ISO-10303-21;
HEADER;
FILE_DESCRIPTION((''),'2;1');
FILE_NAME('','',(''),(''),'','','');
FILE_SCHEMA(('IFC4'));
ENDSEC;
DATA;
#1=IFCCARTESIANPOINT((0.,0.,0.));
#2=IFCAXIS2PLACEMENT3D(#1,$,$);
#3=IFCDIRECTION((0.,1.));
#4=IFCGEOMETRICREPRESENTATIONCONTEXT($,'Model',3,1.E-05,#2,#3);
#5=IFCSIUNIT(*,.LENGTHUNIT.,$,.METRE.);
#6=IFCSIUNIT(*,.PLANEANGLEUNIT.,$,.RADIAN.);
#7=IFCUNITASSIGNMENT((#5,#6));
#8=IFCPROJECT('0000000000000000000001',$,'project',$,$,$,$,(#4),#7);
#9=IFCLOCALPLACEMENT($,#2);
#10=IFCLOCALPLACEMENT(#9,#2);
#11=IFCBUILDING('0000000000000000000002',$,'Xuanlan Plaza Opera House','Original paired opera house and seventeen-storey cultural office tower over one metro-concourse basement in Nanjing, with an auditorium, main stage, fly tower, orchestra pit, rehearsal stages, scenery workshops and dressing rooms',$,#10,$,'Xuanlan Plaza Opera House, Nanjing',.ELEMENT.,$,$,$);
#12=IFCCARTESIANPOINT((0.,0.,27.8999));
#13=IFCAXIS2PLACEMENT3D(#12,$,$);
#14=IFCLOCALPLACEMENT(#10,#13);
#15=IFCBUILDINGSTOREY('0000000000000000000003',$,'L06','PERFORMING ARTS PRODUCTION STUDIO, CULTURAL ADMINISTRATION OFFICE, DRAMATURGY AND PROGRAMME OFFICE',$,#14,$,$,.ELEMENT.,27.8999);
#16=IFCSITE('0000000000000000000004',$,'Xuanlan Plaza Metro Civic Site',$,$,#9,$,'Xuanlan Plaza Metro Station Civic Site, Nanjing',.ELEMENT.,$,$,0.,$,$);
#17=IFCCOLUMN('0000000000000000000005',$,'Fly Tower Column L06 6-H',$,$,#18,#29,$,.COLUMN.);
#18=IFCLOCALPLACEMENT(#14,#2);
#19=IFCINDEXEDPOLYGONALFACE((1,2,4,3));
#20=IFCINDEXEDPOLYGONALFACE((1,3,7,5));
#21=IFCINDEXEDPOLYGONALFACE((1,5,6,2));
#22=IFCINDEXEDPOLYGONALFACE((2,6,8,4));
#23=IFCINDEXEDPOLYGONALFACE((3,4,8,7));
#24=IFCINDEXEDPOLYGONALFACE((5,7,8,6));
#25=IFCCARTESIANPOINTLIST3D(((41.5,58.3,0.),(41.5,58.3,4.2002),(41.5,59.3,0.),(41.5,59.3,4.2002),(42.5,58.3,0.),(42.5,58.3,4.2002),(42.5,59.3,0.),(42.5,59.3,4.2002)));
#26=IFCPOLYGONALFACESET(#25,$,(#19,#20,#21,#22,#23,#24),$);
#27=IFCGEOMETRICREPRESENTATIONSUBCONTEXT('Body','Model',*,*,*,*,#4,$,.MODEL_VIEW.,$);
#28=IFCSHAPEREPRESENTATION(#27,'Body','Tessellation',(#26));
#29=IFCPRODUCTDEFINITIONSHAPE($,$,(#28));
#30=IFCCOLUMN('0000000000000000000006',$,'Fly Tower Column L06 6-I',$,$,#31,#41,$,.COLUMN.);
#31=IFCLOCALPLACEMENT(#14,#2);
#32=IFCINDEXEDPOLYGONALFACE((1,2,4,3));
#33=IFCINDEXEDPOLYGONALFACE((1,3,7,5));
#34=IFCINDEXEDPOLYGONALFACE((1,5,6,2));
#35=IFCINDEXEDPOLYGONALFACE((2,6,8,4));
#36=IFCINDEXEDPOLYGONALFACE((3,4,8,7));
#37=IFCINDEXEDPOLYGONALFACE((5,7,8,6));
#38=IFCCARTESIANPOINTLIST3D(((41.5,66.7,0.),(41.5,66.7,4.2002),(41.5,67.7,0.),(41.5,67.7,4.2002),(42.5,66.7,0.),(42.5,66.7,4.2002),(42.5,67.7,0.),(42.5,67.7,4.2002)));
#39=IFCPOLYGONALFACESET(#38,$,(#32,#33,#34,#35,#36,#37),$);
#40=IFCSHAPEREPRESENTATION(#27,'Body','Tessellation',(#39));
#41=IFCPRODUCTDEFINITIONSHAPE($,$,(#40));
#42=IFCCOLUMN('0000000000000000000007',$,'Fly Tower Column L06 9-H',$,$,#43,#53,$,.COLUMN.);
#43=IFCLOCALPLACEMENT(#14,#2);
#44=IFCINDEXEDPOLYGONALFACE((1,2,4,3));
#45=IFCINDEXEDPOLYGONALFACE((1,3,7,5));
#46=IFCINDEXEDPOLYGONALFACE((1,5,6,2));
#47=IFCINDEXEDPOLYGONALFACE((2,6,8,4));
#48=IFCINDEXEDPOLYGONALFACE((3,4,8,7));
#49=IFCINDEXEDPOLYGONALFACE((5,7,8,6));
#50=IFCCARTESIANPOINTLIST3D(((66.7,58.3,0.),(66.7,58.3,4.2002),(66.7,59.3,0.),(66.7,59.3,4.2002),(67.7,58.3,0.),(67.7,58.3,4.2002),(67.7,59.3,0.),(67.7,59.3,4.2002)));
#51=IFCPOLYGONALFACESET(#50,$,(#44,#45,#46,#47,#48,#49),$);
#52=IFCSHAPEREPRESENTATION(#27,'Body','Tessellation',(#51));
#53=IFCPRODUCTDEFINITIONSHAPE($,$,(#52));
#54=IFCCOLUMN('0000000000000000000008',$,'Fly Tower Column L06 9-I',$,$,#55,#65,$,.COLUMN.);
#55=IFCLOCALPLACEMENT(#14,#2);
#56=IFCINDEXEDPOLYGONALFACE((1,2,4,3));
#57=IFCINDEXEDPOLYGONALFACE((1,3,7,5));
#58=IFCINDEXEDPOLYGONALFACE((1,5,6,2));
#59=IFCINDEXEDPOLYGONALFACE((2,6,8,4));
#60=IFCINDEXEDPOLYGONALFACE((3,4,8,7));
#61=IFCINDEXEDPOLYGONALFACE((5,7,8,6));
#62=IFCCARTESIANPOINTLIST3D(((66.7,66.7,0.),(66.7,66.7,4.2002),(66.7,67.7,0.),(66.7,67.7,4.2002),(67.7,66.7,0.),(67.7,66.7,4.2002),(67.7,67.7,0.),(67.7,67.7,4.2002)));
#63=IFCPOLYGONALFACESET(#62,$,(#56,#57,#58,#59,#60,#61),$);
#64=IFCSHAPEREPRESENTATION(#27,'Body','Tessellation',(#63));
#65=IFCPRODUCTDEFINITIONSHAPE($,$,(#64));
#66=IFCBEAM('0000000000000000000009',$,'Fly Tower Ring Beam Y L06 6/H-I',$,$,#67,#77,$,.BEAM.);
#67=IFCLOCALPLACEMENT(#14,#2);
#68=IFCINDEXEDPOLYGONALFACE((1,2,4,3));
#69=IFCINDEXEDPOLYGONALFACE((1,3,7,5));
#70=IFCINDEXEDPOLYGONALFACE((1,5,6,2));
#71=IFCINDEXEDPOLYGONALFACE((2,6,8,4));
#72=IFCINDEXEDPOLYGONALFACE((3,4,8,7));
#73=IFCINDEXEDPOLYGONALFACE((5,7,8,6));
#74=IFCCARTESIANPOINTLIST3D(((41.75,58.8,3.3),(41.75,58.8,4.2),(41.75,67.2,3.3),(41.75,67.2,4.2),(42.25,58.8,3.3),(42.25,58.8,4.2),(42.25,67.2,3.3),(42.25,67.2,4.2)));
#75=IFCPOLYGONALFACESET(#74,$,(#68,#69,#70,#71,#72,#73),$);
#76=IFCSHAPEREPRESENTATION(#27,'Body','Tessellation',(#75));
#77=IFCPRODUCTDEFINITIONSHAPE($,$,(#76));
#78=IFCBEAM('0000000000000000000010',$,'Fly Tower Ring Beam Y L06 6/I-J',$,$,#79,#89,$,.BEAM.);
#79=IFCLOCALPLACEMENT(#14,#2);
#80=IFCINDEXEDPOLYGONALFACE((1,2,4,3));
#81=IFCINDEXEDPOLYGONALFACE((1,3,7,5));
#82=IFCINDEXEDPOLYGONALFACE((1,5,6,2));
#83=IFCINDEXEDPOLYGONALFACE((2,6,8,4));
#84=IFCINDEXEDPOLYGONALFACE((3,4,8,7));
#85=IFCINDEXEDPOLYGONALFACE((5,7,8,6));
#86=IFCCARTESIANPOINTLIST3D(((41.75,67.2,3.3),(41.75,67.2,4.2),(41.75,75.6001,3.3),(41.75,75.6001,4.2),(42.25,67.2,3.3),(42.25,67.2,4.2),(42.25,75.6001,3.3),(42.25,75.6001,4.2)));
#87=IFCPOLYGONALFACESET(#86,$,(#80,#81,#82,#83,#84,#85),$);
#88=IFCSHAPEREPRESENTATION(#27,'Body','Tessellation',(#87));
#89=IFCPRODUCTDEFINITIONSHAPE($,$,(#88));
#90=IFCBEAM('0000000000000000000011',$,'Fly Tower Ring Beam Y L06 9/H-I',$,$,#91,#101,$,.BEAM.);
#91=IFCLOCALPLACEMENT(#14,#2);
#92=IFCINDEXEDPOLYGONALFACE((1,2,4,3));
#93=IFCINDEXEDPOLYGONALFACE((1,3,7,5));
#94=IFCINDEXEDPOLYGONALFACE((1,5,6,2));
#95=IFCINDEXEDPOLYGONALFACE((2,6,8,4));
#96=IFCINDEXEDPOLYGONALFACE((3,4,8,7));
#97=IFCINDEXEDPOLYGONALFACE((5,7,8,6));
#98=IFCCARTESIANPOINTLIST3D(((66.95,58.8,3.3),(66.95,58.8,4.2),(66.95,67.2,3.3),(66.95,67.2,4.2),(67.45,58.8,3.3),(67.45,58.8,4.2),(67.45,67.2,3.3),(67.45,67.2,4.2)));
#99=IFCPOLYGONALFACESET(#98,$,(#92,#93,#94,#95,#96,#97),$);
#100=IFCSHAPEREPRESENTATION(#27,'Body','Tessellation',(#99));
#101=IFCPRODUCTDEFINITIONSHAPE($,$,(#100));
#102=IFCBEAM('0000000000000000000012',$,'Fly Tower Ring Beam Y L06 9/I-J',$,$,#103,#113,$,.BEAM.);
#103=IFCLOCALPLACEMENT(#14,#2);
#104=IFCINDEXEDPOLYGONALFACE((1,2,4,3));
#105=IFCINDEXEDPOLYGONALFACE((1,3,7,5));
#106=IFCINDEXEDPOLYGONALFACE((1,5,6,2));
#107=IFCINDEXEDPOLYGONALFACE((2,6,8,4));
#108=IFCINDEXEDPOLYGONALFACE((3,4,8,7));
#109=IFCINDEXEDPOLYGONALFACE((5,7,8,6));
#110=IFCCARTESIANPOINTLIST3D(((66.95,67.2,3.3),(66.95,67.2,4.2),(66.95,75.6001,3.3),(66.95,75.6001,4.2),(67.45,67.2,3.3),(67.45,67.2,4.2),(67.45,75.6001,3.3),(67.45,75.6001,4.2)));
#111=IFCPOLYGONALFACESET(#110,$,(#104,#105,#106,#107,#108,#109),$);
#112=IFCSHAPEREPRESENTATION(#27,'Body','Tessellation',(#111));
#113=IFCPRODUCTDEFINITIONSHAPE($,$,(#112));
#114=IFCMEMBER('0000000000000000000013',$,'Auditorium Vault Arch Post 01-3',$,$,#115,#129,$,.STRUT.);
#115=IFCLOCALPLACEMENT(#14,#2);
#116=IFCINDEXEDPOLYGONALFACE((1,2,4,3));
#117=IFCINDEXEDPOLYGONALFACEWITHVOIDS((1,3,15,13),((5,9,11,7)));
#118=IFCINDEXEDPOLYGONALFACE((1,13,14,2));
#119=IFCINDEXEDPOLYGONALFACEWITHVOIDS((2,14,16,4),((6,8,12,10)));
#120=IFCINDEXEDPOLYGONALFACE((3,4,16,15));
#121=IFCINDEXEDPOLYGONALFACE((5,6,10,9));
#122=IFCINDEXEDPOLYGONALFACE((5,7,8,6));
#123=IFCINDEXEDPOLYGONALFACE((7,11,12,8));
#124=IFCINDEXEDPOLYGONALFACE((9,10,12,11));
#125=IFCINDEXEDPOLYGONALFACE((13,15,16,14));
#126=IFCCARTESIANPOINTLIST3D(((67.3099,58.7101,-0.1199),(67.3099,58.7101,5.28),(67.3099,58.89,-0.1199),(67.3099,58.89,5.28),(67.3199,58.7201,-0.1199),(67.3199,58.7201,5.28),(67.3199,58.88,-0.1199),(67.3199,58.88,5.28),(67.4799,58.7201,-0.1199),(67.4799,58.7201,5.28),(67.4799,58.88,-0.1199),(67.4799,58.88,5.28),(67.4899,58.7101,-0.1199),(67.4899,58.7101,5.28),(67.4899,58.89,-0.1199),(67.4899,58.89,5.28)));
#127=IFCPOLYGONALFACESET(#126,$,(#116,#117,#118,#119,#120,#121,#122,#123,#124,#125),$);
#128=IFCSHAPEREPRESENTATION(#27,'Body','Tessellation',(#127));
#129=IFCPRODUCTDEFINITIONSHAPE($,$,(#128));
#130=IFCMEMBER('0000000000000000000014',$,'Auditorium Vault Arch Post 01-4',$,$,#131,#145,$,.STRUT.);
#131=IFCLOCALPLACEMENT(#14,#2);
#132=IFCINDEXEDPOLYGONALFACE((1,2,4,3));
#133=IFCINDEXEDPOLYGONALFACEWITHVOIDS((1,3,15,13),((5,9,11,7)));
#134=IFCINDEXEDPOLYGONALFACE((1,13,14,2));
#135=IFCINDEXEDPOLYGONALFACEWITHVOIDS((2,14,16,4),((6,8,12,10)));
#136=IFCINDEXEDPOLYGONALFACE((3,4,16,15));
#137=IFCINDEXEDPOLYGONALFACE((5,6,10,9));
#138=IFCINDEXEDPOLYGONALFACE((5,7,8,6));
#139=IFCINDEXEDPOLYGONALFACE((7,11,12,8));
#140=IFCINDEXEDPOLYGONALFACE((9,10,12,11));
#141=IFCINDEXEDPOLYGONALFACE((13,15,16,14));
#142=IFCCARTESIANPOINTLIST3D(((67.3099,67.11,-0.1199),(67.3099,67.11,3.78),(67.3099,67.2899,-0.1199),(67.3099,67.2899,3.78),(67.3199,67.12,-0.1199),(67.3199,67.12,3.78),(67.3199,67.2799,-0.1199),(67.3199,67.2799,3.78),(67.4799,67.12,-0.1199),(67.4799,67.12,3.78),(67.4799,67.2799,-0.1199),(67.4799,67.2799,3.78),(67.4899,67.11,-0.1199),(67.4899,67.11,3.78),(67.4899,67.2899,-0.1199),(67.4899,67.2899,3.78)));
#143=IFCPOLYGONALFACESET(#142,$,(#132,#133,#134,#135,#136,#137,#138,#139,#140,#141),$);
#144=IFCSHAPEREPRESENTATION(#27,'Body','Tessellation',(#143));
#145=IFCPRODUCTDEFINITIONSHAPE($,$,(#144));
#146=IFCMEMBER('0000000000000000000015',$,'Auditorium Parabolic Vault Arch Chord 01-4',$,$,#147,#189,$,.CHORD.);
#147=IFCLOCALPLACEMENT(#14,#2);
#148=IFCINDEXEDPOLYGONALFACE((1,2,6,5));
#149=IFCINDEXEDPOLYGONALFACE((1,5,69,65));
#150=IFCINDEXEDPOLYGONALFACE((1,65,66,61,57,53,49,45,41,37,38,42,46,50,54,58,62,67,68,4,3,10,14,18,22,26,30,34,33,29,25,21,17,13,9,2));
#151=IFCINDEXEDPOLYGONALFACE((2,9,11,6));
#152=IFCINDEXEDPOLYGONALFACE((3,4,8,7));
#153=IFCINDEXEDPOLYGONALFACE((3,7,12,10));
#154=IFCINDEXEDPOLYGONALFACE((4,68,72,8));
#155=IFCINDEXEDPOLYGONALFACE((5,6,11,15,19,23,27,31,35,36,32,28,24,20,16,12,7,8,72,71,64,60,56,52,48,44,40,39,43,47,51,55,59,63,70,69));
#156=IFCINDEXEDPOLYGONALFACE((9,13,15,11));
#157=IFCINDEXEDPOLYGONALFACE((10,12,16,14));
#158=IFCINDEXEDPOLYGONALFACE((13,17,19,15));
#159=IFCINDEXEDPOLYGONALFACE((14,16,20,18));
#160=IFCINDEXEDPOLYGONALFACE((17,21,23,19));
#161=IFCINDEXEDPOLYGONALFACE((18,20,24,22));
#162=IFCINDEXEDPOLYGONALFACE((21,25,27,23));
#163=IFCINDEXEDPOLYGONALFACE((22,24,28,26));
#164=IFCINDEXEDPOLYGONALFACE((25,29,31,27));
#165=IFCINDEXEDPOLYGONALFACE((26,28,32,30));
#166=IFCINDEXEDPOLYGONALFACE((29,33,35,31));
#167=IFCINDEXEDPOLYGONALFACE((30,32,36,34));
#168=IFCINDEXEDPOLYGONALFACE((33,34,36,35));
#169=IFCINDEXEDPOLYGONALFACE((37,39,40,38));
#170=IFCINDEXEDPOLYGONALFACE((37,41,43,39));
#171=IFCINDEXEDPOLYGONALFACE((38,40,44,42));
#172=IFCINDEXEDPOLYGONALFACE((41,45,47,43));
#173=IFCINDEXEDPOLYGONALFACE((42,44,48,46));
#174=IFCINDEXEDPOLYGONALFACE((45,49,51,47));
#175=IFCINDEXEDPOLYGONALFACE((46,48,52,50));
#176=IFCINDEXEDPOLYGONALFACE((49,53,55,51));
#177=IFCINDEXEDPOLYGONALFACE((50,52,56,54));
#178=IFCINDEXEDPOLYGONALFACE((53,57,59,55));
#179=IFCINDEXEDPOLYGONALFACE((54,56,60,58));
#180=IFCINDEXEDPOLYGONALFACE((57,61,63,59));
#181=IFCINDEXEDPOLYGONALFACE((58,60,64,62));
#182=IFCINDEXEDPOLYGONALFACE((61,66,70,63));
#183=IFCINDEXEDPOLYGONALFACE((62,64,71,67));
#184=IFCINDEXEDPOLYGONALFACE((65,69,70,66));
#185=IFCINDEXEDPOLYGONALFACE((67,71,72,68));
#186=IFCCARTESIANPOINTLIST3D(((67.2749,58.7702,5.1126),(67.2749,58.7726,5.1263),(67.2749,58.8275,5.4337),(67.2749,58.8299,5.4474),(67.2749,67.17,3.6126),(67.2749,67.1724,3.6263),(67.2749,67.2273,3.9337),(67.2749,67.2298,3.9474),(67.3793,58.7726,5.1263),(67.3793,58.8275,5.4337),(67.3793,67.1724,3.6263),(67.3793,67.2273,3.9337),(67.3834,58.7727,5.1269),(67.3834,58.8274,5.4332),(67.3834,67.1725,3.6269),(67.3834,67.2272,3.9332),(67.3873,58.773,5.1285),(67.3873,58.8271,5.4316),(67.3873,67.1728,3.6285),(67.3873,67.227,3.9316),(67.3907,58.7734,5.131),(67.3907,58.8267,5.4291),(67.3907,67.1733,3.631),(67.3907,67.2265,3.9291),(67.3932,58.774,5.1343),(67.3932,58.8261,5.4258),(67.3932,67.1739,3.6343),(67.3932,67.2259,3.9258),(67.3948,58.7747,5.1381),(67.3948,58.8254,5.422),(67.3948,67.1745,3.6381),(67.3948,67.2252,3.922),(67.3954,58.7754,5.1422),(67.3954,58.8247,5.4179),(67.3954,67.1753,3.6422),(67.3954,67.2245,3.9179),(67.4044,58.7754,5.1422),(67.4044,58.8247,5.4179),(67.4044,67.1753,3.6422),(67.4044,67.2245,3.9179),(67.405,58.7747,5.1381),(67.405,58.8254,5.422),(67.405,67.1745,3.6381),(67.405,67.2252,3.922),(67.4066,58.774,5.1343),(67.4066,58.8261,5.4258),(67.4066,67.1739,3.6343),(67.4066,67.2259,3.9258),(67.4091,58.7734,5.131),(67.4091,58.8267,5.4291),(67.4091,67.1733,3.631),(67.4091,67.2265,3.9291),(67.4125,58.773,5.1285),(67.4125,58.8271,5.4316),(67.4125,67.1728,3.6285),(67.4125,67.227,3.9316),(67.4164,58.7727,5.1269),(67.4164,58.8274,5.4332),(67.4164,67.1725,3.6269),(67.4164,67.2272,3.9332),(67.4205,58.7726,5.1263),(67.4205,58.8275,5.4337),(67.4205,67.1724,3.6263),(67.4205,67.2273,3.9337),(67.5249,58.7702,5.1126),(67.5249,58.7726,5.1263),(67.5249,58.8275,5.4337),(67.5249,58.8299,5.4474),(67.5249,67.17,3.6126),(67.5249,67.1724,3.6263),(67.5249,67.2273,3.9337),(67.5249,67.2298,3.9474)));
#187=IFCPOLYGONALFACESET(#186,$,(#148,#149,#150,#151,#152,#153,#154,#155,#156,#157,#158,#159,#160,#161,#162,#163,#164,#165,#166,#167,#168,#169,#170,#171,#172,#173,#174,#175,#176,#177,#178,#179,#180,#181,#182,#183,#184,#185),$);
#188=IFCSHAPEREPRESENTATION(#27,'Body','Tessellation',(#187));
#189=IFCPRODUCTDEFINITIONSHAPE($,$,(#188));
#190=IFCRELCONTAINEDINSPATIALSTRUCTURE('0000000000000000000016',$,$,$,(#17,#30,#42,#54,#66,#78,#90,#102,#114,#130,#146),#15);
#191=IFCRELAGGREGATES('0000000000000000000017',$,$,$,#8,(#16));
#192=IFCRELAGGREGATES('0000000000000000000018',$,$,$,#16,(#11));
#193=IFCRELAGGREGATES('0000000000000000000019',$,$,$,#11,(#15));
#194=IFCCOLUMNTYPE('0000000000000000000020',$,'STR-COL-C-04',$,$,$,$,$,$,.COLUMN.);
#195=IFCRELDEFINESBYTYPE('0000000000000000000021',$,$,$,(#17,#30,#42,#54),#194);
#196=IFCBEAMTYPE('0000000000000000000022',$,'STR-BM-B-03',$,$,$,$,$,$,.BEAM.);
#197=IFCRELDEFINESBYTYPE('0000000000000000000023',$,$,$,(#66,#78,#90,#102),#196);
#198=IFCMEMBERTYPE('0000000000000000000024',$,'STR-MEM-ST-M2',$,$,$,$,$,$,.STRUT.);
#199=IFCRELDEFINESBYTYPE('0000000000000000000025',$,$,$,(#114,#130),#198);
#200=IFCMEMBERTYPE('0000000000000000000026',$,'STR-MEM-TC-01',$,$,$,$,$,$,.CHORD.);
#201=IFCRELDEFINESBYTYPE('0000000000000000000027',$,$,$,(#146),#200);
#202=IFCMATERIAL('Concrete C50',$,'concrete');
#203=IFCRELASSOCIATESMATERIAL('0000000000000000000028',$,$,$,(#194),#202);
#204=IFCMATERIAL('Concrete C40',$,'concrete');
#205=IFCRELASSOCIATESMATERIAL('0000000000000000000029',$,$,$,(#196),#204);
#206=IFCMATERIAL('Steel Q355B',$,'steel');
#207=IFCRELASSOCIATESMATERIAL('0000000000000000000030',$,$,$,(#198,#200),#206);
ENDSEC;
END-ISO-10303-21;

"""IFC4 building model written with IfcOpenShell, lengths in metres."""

from ifc_helpers import new_model, si_unit, direction, frame, origin, origin_2d, place, context, subcontext, project, spatial, rectangle, hollow_rectangle, i_section, extrude, material, material_profile, profile_set, type_object, element, save


model = new_model("IFC4")

# Units and contexts
model_context = context("Model", 3, precision=1e-05, world=origin(), true_north=direction((0.0, 1.0)))
body_context = subcontext(model_context, "Body", "Model", "MODEL_VIEW")
ifc_project = project(units=[si_unit("LENGTHUNIT", "METRE"), si_unit("PLANEANGLEUNIT", "RADIAN")], contexts=[model_context])

# Site, building, storey
site_placement = place(None, origin())
site = spatial("IfcSite", under=ifc_project, at=site_placement, Name="Xuanlan Plaza Metro Civic Site", LongName="Xuanlan Plaza Metro Station Civic Site, Nanjing", CompositionType="ELEMENT", RefElevation=0.0)
building_placement = place(site_placement, origin())
building = spatial("IfcBuilding", under=site, at=building_placement, Name="Xuanlan Plaza Opera House", Description="Original paired opera house and seventeen-storey cultural office tower over one metro-concourse basement in Nanjing, with an auditorium, main stage, fly tower, orchestra pit, rehearsal stages, scenery workshops and dressing rooms", LongName="Xuanlan Plaza Opera House, Nanjing", CompositionType="ELEMENT")
storey_placement = place(building_placement, frame((0.0, 0.0, 27.8999)))
storey = spatial("IfcBuildingStorey", under=building, at=storey_placement, Name="L06", Description="PERFORMING ARTS PRODUCTION STUDIO, CULTURAL ADMINISTRATION OFFICE, DRAMATURGY AND PROGRAMME OFFICE", CompositionType="ELEMENT", Elevation=27.8999)

# Columns
ifc_material_1 = material(Name="Concrete C50", Category="concrete")
ifc_material_profile_1 = material_profile(ifc_material_1, rectangle(XDim=1.0, YDim=1.0, at=origin_2d()), Name="RC-COL 1000x1000")
ifc_profile_set_1 = profile_set([ifc_material_profile_1], Name="Concrete C50")
column_type = type_object("IfcColumnType", Name="STR-COL-C-04", PredefinedType="COLUMN", material=ifc_profile_set_1)
for number, where, z_axis, x_axis, name in (
    (1, (42.0, 58.8, 0.0), (0.0, 0.0, 1.0), (1.0, 0.0, 0.0), "Fly Tower Column L06 6-H"),
    (2, (42.0, 67.2, 0.0), (0.0, 0.0, 1.0), (1.0, 0.0, 0.0), "Fly Tower Column L06 6-I"),
    (3, (67.2, 58.8, 0.0), (0.0, 0.0, 1.0), (1.0, 0.0, 0.0), "Fly Tower Column L06 9-H"),
    (4, (67.2, 67.2, 0.0), (0.0, 0.0, 1.0), (1.0, 0.0, 0.0), "Fly Tower Column L06 9-I"),
):
    element("IfcColumn", number, at=place(storey_placement, frame(where, z_axis=z_axis, x_axis=x_axis)), inside=storey, type_object=column_type, Name=name, PredefinedType="COLUMN", context=body_context, shape_type="SweptSolid", body=[
        extrude(rectangle(XDim=1.0, YDim=1.0, at=origin_2d()), origin(), (0.0, 0.0, 1.0), 4.2002),
    ])

# Beams
ifc_material_2 = material(Name="Concrete C40", Category="concrete")
ifc_material_profile_2 = material_profile(ifc_material_2, rectangle(XDim=0.5, YDim=0.8999, at=origin_2d()), Name="RC-BM 500x900")
ifc_profile_set_2 = profile_set([ifc_material_profile_2], Name="Concrete C40")
beam_type = type_object("IfcBeamType", Name="STR-BM-B-03", PredefinedType="BEAM", material=ifc_profile_set_2)
beam_1_placement = place(storey_placement, frame((42.0, 58.8, 3.75), z_axis=(0.0, 1.0, 0.0), x_axis=(-1.0, 0.0, 0.0)))
element("IfcBeam", 5, at=beam_1_placement, inside=storey, type_object=beam_type, Name="Fly Tower Ring Beam Y L06 6/H-I", PredefinedType="BEAM", context=body_context, shape_type="SweptSolid", body=[
    extrude(rectangle(XDim=0.5, YDim=0.8999, at=origin_2d()), origin(), (0.0, 0.0, 1.0), 8.3999),
])
beam_2_placement = place(storey_placement, frame((42.0, 67.2, 3.75), z_axis=(0.0, 1.0, 0.0), x_axis=(-1.0, 0.0, 0.0)))
element("IfcBeam", 6, at=beam_2_placement, inside=storey, type_object=beam_type, Name="Fly Tower Ring Beam Y L06 6/I-J", PredefinedType="BEAM", context=body_context, shape_type="SweptSolid", body=[
    extrude(rectangle(XDim=0.5, YDim=0.8999, at=origin_2d()), origin(), (0.0, 0.0, 1.0), 8.4001),
])
beam_3_placement = place(storey_placement, frame((67.2, 58.8, 3.75), z_axis=(0.0, 1.0, 0.0), x_axis=(-1.0, 0.0, 0.0)))
element("IfcBeam", 7, at=beam_3_placement, inside=storey, type_object=beam_type, Name="Fly Tower Ring Beam Y L06 9/H-I", PredefinedType="BEAM", context=body_context, shape_type="SweptSolid", body=[
    extrude(rectangle(XDim=0.5, YDim=0.8999, at=origin_2d()), origin(), (0.0, 0.0, 1.0), 8.3999),
])
beam_4_placement = place(storey_placement, frame((67.2, 67.2, 3.75), z_axis=(0.0, 1.0, 0.0), x_axis=(-1.0, 0.0, 0.0)))
element("IfcBeam", 8, at=beam_4_placement, inside=storey, type_object=beam_type, Name="Fly Tower Ring Beam Y L06 9/I-J", PredefinedType="BEAM", context=body_context, shape_type="SweptSolid", body=[
    extrude(rectangle(XDim=0.5, YDim=0.8999, at=origin_2d()), origin(), (0.0, 0.0, 1.0), 8.4001),
])

# Members
ifc_material_3 = material(Name="Steel Q355B", Category="steel")
ifc_material_profile_3 = material_profile(ifc_material_3, hollow_rectangle(XDim=0.1799, YDim=0.1799, WallThickness=0.01, at=origin_2d()), Name="SHS 180x180x10")
ifc_profile_set_3 = profile_set([ifc_material_profile_3], Name="Steel Q355B")
member_type_1 = type_object("IfcMemberType", Name="STR-MEM-ST-M2", PredefinedType="STRUT", material=ifc_profile_set_3)
member_1_placement = place(storey_placement, frame((67.3999, 58.8, -0.1199), z_axis=(0.0, 0.0, 1.0), x_axis=(1.0, 0.0, 0.0)))
element("IfcMember", 9, at=member_1_placement, inside=storey, type_object=member_type_1, Name="Auditorium Vault Arch Post 01-3", PredefinedType="STRUT", context=body_context, shape_type="SweptSolid", body=[
    extrude(hollow_rectangle(XDim=0.1799, YDim=0.1799, WallThickness=0.01, at=origin_2d()), origin(), (0.0, 0.0, 1.0), 5.3999),
])
member_2_placement = place(storey_placement, frame((67.3999, 67.2, -0.1199), z_axis=(0.0, 0.0, 1.0), x_axis=(1.0, 0.0, 0.0)))
element("IfcMember", 10, at=member_2_placement, inside=storey, type_object=member_type_1, Name="Auditorium Vault Arch Post 01-4", PredefinedType="STRUT", context=body_context, shape_type="SweptSolid", body=[
    extrude(hollow_rectangle(XDim=0.1799, YDim=0.1799, WallThickness=0.01, at=origin_2d()), origin(), (0.0, 0.0, 1.0), 3.8999),
])
ifc_material_profile_4 = material_profile(ifc_material_3, i_section(OverallWidth=0.25, OverallDepth=0.3401, WebThickness=0.009, FlangeThickness=0.0139, FilletRadius=0.0161, at=origin_2d()), Name="HM 340x250x9x14")
ifc_profile_set_4 = profile_set([ifc_material_profile_4], Name="Steel Q355B")
member_type_2 = type_object("IfcMemberType", Name="STR-MEM-TC-01", PredefinedType="CHORD", material=ifc_profile_set_4)
member_3_placement = place(storey_placement, frame((67.3999, 58.8, 5.28), z_axis=(0.0, 0.984427, -0.175793), x_axis=(-1.0, 0.0, 0.0)))
element("IfcMember", 11, at=member_3_placement, inside=storey, type_object=member_type_2, Name="Auditorium Parabolic Vault Arch Chord 01-4", PredefinedType="CHORD", context=body_context, shape_type="SweptSolid", body=[
    extrude(i_section(OverallWidth=0.25, OverallDepth=0.3401, WebThickness=0.009, FlangeThickness=0.0139, FilletRadius=0.0161, at=origin_2d()), origin(), (0.0, 0.0, 1.0), 8.5327),
])

save(model, "model.ifc")
